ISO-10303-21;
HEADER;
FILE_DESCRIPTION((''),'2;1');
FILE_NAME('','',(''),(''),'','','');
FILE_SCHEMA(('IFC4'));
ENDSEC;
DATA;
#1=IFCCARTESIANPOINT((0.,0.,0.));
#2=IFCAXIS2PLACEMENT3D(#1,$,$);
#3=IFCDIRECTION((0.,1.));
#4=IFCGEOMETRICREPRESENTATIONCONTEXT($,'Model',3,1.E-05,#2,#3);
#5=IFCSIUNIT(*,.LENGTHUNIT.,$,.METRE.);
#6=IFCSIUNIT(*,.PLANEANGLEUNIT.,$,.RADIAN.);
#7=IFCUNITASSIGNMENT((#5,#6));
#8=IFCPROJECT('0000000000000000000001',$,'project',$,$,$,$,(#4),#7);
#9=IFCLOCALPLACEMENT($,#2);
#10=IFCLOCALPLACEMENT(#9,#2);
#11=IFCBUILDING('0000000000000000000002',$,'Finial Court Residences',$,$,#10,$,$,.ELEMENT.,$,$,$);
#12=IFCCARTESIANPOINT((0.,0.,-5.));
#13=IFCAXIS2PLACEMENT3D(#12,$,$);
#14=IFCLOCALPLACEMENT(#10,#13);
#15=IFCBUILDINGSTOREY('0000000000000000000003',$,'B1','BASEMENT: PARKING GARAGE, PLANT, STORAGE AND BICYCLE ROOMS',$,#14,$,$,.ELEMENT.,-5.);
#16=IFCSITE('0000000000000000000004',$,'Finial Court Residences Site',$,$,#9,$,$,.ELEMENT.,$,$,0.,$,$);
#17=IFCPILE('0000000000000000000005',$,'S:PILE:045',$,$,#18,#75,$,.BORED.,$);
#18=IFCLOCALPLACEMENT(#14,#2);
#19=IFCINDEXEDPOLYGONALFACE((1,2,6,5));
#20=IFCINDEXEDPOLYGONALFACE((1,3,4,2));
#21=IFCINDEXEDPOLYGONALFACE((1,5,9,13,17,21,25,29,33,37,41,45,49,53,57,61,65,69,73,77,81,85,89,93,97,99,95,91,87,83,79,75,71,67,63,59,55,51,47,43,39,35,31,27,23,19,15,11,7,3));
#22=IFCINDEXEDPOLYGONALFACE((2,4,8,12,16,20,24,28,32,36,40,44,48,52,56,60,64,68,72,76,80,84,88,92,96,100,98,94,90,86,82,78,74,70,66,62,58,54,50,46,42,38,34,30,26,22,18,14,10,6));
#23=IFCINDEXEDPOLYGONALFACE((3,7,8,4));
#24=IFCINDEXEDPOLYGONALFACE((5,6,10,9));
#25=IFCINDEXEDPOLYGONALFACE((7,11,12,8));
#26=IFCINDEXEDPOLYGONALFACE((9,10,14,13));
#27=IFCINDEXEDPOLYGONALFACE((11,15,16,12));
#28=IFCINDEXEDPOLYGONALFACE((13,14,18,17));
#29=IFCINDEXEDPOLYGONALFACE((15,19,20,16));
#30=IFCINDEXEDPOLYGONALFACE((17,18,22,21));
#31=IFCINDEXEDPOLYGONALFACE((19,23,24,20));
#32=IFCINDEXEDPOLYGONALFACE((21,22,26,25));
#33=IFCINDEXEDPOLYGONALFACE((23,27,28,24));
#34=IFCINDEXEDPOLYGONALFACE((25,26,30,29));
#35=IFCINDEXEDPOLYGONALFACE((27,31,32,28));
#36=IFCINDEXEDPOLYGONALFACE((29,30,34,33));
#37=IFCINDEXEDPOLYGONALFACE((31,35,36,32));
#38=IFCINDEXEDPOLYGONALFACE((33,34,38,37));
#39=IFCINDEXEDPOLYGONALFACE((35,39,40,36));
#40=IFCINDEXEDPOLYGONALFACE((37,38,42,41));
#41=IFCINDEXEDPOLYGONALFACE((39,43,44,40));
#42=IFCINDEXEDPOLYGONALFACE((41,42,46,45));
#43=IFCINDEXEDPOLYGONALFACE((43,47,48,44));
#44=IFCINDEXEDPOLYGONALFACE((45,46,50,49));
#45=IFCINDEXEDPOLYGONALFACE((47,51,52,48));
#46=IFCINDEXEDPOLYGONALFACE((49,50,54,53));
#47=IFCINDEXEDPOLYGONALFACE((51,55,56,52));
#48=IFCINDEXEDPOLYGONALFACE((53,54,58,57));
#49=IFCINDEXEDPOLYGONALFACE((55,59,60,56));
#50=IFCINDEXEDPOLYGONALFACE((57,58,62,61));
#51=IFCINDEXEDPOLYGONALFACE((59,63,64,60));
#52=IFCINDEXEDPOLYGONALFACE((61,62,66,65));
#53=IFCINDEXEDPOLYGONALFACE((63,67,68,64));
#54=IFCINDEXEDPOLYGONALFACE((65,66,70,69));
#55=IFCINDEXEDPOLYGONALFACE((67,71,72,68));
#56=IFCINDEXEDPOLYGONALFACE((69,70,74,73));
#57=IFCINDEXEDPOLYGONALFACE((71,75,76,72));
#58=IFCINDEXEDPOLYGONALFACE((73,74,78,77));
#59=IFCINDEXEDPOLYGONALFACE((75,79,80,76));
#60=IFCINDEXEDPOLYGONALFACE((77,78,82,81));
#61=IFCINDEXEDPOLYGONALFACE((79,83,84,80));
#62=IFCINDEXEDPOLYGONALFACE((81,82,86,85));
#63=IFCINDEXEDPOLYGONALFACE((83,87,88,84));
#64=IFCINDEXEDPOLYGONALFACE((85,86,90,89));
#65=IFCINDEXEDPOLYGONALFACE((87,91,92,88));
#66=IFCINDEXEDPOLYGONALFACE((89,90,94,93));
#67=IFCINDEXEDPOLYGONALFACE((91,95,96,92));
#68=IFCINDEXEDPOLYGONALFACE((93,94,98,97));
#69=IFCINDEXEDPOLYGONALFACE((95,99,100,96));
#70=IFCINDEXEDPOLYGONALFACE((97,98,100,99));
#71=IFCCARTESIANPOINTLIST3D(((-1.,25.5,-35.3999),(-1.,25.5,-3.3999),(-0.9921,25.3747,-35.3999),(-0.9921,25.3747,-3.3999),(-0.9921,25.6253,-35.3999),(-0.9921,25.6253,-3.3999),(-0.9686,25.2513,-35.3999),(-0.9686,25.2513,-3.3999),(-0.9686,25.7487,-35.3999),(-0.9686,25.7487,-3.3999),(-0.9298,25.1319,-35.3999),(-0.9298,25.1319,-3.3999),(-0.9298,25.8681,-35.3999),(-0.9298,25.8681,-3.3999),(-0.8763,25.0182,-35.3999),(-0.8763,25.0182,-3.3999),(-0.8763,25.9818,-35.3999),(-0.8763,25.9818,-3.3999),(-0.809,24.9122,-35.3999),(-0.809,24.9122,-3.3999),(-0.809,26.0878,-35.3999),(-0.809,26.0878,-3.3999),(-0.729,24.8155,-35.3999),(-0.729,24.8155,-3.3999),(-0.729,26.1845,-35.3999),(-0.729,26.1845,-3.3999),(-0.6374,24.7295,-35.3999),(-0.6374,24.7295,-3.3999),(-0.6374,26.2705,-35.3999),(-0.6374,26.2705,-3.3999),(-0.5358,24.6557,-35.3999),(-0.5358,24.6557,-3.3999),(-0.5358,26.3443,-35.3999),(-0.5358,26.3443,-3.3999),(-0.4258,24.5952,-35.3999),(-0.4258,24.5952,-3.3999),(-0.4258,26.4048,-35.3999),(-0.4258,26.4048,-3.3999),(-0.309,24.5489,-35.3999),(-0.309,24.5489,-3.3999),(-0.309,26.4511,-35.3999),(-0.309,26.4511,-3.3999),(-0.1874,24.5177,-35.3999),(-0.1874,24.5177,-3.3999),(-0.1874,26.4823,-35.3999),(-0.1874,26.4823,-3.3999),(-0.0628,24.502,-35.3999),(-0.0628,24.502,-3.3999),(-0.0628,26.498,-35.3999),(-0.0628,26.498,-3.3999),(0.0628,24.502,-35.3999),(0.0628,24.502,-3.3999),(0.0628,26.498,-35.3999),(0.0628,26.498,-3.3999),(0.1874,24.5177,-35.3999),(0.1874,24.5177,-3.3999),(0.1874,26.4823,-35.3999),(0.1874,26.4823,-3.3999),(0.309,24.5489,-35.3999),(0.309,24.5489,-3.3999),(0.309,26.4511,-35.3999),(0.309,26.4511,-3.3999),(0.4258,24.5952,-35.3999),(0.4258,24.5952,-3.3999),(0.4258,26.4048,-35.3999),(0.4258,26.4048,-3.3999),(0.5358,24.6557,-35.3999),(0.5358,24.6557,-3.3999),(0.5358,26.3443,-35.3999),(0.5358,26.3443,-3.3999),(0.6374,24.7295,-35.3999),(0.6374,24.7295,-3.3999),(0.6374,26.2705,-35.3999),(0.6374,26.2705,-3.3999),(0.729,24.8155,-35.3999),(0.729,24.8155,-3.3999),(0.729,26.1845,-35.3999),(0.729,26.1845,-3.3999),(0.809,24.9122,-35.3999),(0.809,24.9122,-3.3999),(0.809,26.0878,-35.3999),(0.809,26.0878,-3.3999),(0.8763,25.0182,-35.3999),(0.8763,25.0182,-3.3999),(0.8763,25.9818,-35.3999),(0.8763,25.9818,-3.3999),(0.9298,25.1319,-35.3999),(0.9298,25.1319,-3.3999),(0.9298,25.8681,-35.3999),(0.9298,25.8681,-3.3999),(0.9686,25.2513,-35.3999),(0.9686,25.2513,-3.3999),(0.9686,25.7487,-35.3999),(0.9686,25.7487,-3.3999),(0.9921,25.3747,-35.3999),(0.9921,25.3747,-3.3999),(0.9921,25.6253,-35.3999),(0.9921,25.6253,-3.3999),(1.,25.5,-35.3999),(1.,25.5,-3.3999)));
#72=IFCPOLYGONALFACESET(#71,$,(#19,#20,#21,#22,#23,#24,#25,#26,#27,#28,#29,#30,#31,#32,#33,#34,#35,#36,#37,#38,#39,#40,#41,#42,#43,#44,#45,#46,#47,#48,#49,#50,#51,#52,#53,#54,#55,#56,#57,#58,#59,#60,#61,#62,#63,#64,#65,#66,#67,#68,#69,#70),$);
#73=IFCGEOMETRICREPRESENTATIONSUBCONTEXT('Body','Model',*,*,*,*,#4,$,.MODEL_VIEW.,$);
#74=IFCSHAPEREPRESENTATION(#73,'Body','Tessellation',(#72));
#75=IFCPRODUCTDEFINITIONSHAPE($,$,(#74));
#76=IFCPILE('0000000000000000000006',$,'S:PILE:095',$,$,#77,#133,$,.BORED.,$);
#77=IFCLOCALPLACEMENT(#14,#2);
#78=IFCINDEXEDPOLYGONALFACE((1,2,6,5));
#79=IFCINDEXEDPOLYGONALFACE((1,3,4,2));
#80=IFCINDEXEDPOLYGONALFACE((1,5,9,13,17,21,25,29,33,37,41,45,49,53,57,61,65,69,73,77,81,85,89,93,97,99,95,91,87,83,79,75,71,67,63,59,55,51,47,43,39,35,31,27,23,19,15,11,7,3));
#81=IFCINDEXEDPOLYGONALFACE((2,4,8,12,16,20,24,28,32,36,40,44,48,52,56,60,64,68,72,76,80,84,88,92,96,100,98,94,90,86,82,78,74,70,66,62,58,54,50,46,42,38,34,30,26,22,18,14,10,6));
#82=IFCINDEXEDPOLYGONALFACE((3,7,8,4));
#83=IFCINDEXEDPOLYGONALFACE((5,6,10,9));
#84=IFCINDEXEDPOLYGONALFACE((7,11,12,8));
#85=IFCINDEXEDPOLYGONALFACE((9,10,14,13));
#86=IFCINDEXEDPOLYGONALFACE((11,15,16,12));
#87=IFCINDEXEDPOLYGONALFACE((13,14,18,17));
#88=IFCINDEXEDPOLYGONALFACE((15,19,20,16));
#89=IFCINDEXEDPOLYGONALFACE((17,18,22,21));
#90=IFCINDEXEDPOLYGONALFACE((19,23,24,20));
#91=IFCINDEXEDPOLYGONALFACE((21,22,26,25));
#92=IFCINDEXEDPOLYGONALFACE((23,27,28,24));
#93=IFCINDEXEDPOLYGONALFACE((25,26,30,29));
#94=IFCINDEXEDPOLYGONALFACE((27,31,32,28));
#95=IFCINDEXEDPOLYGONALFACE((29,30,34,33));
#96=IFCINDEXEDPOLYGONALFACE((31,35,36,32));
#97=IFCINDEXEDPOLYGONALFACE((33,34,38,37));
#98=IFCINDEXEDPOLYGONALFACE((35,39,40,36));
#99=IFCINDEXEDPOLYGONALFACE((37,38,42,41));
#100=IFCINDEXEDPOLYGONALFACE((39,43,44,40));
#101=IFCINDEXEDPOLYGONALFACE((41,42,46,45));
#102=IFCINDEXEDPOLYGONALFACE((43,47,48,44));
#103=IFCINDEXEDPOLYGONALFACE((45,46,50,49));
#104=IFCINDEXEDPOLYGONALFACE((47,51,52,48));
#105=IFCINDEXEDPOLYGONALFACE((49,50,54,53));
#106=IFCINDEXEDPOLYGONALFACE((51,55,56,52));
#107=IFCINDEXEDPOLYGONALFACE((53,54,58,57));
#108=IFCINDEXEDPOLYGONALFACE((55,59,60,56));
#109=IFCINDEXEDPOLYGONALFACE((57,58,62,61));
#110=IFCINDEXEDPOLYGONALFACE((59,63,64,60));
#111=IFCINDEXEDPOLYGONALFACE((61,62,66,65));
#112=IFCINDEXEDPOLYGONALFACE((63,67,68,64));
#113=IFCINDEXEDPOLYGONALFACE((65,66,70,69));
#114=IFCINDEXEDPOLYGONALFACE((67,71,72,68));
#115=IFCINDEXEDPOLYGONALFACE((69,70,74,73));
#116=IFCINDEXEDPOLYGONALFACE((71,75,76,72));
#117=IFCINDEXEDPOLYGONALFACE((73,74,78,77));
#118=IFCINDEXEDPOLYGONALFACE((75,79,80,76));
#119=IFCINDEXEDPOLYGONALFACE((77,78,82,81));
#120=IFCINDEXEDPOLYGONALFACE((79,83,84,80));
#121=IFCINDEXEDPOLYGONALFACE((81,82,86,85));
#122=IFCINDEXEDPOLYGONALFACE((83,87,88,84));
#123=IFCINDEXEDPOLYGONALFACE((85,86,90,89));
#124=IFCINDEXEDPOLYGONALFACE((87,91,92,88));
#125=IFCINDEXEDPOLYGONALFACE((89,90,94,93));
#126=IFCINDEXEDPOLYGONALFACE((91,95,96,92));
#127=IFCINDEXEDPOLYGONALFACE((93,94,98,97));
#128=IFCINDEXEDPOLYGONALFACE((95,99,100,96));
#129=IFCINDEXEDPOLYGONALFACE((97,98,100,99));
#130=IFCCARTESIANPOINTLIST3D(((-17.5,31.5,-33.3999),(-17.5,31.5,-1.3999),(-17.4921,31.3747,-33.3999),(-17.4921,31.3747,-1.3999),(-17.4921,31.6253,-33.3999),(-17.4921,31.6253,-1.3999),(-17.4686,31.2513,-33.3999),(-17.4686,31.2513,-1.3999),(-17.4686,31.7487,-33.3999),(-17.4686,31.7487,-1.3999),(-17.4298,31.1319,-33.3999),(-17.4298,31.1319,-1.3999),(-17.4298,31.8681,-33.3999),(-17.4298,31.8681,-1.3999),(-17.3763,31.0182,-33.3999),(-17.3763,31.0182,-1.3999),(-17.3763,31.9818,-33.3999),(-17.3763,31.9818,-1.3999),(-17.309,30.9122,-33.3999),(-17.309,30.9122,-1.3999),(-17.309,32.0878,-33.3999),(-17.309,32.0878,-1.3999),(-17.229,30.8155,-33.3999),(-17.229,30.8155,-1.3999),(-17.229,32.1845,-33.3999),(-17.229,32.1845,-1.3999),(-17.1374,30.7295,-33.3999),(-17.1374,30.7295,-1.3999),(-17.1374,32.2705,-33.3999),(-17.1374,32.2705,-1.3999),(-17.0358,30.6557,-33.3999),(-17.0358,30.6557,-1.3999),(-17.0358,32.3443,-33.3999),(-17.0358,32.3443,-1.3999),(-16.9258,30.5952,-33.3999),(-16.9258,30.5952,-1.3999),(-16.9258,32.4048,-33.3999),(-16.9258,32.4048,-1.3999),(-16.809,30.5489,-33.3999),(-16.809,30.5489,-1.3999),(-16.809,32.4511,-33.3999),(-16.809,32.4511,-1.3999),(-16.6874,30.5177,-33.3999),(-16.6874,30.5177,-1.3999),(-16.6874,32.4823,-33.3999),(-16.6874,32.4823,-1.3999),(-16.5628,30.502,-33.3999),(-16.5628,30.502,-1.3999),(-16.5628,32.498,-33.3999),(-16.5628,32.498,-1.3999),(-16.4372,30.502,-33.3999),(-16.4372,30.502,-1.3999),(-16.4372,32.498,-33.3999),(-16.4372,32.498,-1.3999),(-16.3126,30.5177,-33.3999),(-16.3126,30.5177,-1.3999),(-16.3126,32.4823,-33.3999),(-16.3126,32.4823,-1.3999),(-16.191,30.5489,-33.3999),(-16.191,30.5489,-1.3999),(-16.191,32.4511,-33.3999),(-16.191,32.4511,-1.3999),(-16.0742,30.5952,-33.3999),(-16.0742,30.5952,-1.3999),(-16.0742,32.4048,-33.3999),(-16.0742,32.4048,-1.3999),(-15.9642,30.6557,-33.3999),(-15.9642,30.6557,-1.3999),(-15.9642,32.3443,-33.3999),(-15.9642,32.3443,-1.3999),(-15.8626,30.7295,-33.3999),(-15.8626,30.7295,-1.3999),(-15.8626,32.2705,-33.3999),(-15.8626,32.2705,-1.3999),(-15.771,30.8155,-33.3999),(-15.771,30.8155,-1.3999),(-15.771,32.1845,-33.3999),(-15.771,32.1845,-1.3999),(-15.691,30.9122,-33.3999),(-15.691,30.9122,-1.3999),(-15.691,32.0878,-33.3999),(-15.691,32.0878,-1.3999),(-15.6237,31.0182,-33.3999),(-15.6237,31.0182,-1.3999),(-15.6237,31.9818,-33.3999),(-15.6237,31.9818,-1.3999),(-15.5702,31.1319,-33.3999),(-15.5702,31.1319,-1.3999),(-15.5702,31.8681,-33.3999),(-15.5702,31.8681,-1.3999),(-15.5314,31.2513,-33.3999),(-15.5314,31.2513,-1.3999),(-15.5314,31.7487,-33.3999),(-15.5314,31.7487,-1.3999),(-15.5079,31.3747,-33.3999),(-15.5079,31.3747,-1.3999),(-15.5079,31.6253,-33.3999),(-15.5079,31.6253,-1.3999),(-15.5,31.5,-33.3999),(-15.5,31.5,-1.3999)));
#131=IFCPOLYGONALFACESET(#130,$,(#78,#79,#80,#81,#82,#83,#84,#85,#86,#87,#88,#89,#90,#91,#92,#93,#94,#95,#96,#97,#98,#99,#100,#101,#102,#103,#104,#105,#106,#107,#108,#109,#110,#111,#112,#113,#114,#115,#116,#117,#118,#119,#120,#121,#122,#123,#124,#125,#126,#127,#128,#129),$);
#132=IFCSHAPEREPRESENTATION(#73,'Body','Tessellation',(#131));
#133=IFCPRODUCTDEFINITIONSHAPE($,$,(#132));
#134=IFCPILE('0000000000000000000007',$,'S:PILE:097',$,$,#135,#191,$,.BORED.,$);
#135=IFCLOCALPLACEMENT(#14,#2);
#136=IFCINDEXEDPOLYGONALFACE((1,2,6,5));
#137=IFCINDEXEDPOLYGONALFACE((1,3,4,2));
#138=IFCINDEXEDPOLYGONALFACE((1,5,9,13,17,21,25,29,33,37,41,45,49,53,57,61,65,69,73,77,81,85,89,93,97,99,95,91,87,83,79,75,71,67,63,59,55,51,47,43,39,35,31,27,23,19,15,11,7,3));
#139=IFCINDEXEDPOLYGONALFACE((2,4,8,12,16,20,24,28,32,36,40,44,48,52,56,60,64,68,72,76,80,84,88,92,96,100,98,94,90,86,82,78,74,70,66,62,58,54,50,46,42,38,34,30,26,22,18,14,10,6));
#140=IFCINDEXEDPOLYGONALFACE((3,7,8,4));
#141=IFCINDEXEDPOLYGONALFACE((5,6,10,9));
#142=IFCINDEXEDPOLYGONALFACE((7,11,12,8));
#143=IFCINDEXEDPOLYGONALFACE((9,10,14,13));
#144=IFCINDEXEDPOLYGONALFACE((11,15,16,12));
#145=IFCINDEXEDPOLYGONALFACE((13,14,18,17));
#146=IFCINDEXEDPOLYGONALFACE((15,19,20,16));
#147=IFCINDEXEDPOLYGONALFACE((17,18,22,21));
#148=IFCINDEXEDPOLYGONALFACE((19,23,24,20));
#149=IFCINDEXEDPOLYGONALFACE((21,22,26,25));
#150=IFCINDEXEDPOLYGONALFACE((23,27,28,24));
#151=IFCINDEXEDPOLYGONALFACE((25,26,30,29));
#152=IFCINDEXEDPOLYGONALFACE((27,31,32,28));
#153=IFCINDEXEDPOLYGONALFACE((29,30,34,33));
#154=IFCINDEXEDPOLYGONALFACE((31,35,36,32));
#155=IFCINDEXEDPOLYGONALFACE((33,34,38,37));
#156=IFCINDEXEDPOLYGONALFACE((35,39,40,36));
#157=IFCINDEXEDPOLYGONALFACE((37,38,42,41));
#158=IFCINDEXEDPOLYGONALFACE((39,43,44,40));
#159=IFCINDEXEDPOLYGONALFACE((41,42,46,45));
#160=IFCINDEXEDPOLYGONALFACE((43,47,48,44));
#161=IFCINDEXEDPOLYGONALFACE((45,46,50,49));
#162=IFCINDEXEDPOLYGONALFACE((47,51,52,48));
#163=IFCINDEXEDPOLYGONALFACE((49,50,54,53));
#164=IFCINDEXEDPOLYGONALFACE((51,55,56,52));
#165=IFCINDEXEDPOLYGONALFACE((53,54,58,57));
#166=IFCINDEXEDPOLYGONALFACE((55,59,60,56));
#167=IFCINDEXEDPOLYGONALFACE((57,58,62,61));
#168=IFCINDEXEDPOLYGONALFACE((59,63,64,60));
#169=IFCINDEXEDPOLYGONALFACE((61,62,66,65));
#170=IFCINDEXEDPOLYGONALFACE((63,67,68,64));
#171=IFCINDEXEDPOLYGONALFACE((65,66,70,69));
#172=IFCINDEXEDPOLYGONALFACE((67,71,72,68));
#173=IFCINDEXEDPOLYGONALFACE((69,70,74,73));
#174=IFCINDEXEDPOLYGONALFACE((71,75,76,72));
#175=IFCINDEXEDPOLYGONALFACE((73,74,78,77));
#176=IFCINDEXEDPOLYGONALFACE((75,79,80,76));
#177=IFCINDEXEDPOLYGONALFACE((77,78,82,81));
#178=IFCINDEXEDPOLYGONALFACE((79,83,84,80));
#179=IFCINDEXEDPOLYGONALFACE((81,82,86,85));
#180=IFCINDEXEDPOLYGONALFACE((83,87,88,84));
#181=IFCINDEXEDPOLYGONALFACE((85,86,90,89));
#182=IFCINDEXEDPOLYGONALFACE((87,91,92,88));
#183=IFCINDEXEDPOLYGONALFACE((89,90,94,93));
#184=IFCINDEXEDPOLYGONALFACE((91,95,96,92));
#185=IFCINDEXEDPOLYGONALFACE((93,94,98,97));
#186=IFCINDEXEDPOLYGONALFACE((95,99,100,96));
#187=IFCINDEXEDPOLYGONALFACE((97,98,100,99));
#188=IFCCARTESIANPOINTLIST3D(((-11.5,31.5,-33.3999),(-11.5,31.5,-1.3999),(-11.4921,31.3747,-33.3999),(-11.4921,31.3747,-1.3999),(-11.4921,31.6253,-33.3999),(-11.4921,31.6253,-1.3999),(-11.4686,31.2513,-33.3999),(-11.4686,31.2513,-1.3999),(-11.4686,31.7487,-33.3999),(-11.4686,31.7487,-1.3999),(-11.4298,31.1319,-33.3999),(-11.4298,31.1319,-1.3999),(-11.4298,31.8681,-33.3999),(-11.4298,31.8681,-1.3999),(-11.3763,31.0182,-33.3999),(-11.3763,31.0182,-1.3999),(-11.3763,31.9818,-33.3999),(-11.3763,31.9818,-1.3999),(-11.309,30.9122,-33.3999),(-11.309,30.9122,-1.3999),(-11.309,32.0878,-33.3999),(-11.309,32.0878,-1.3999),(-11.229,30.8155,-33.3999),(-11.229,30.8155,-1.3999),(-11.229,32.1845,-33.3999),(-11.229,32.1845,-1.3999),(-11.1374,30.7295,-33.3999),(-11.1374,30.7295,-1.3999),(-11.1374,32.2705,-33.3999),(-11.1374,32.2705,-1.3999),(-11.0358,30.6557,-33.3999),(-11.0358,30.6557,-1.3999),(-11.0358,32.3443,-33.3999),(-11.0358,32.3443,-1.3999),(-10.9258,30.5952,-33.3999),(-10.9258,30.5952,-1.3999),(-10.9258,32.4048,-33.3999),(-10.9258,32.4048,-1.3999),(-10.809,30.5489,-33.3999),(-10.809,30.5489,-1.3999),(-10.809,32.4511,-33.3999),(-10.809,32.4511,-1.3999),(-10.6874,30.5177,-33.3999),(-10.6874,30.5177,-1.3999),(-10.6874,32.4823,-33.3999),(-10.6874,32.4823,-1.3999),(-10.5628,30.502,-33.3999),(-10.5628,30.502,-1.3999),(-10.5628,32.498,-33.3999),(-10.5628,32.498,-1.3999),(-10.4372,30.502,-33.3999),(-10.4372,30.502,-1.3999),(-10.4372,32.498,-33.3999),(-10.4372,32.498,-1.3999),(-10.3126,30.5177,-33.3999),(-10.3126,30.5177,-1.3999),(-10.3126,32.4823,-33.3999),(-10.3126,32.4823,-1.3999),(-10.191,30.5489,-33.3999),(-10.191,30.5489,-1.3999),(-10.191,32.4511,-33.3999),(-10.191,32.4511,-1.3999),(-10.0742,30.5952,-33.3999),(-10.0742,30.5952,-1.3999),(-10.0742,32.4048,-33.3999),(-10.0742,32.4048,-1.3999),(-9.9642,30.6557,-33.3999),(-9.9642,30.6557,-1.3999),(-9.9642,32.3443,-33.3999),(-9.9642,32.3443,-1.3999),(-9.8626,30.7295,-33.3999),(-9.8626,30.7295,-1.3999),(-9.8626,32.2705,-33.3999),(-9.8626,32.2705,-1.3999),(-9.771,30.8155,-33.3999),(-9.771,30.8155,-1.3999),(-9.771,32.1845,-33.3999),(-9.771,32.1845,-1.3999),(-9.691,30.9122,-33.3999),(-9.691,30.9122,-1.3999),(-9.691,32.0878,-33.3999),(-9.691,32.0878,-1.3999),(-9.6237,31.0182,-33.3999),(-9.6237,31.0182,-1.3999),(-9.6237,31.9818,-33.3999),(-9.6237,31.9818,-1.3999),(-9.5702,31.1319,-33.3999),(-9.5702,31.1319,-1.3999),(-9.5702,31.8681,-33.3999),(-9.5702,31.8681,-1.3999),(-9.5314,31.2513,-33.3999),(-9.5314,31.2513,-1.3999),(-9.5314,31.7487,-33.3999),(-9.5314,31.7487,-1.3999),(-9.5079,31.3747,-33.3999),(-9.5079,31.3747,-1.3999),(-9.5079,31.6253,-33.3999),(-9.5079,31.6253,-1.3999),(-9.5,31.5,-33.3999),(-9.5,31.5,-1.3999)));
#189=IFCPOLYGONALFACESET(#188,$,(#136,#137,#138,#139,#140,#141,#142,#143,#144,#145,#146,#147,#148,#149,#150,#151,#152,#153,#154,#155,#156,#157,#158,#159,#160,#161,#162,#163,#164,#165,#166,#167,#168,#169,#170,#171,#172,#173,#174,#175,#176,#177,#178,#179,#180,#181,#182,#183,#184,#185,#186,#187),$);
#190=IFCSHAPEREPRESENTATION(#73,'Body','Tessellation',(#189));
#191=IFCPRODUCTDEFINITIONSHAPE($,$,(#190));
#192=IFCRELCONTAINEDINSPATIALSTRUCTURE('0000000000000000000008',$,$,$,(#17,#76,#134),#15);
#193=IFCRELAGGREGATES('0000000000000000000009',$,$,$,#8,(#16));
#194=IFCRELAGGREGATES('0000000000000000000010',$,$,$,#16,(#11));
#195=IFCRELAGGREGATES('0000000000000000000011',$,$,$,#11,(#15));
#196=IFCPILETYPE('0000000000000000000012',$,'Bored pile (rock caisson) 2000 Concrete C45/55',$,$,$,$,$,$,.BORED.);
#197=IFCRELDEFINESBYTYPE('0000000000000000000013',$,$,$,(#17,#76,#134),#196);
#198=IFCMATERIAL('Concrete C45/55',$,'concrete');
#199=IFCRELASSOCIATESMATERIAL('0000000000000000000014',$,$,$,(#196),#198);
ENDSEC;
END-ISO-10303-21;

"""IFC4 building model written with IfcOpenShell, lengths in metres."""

from ifc_helpers import new_model, si_unit, direction, frame, origin, origin_2d, place, context, subcontext, project, spatial, circle, extrude, material, material_profile, profile_set, type_object, element, save


model = new_model("IFC4")

# Units and contexts
model_context = context("Model", 3, precision=1e-05, world=origin(), true_north=direction((0.0, 1.0)))
body_context = subcontext(model_context, "Body", "Model", "MODEL_VIEW")
ifc_project = project(units=[si_unit("LENGTHUNIT", "METRE"), si_unit("PLANEANGLEUNIT", "RADIAN")], contexts=[model_context])

# Site, building, storey
site_placement = place(None, origin())
site = spatial("IfcSite", under=ifc_project, at=site_placement, Name="Finial Court Residences Site", CompositionType="ELEMENT", RefElevation=0.0)
building_placement = place(site_placement, origin())
building = spatial("IfcBuilding", under=site, at=building_placement, Name="Finial Court Residences", CompositionType="ELEMENT")
storey_placement = place(building_placement, frame((0.0, 0.0, -5.0)))
storey = spatial("IfcBuildingStorey", under=building, at=storey_placement, Name="B1", Description="BASEMENT: PARKING GARAGE, PLANT, STORAGE AND BICYCLE ROOMS", CompositionType="ELEMENT", Elevation=-5.0)

# Piles
ifc_material_1 = material(Name="Concrete C45/55", Category="concrete")
ifc_material_profile_1 = material_profile(ifc_material_1, circle(Radius=1.0, at=origin_2d()), Name="D2000")
ifc_profile_set_1 = profile_set([ifc_material_profile_1], Name="Concrete C45/55")
pile_type = type_object("IfcPileType", Name="Bored pile (rock caisson) 2000 Concrete C45/55", PredefinedType="BORED", material=ifc_profile_set_1)
for number, where, z_axis, x_axis, name in (
    (1, (0.0, 25.5, -3.3999), (0.0, 0.0, -1.0), (1.0, 0.0, 0.0), "S:PILE:045"),
    (2, (-16.5, 31.5, -1.3999), (0.0, 0.0, -1.0), (1.0, 0.0, 0.0), "S:PILE:095"),
    (3, (-10.5, 31.5, -1.3999), (0.0, 0.0, -1.0), (1.0, 0.0, 0.0), "S:PILE:097"),
):
    element("IfcPile", number, at=place(storey_placement, frame(where, z_axis=z_axis, x_axis=x_axis)), inside=storey, type_object=pile_type, Name=name, PredefinedType="BORED", context=body_context, shape_type="SweptSolid", body=[
        extrude(circle(Radius=1.0, at=origin_2d()), origin(), (0.0, 0.0, 1.0), 32.0),
    ])

save(model, "model.ifc")
